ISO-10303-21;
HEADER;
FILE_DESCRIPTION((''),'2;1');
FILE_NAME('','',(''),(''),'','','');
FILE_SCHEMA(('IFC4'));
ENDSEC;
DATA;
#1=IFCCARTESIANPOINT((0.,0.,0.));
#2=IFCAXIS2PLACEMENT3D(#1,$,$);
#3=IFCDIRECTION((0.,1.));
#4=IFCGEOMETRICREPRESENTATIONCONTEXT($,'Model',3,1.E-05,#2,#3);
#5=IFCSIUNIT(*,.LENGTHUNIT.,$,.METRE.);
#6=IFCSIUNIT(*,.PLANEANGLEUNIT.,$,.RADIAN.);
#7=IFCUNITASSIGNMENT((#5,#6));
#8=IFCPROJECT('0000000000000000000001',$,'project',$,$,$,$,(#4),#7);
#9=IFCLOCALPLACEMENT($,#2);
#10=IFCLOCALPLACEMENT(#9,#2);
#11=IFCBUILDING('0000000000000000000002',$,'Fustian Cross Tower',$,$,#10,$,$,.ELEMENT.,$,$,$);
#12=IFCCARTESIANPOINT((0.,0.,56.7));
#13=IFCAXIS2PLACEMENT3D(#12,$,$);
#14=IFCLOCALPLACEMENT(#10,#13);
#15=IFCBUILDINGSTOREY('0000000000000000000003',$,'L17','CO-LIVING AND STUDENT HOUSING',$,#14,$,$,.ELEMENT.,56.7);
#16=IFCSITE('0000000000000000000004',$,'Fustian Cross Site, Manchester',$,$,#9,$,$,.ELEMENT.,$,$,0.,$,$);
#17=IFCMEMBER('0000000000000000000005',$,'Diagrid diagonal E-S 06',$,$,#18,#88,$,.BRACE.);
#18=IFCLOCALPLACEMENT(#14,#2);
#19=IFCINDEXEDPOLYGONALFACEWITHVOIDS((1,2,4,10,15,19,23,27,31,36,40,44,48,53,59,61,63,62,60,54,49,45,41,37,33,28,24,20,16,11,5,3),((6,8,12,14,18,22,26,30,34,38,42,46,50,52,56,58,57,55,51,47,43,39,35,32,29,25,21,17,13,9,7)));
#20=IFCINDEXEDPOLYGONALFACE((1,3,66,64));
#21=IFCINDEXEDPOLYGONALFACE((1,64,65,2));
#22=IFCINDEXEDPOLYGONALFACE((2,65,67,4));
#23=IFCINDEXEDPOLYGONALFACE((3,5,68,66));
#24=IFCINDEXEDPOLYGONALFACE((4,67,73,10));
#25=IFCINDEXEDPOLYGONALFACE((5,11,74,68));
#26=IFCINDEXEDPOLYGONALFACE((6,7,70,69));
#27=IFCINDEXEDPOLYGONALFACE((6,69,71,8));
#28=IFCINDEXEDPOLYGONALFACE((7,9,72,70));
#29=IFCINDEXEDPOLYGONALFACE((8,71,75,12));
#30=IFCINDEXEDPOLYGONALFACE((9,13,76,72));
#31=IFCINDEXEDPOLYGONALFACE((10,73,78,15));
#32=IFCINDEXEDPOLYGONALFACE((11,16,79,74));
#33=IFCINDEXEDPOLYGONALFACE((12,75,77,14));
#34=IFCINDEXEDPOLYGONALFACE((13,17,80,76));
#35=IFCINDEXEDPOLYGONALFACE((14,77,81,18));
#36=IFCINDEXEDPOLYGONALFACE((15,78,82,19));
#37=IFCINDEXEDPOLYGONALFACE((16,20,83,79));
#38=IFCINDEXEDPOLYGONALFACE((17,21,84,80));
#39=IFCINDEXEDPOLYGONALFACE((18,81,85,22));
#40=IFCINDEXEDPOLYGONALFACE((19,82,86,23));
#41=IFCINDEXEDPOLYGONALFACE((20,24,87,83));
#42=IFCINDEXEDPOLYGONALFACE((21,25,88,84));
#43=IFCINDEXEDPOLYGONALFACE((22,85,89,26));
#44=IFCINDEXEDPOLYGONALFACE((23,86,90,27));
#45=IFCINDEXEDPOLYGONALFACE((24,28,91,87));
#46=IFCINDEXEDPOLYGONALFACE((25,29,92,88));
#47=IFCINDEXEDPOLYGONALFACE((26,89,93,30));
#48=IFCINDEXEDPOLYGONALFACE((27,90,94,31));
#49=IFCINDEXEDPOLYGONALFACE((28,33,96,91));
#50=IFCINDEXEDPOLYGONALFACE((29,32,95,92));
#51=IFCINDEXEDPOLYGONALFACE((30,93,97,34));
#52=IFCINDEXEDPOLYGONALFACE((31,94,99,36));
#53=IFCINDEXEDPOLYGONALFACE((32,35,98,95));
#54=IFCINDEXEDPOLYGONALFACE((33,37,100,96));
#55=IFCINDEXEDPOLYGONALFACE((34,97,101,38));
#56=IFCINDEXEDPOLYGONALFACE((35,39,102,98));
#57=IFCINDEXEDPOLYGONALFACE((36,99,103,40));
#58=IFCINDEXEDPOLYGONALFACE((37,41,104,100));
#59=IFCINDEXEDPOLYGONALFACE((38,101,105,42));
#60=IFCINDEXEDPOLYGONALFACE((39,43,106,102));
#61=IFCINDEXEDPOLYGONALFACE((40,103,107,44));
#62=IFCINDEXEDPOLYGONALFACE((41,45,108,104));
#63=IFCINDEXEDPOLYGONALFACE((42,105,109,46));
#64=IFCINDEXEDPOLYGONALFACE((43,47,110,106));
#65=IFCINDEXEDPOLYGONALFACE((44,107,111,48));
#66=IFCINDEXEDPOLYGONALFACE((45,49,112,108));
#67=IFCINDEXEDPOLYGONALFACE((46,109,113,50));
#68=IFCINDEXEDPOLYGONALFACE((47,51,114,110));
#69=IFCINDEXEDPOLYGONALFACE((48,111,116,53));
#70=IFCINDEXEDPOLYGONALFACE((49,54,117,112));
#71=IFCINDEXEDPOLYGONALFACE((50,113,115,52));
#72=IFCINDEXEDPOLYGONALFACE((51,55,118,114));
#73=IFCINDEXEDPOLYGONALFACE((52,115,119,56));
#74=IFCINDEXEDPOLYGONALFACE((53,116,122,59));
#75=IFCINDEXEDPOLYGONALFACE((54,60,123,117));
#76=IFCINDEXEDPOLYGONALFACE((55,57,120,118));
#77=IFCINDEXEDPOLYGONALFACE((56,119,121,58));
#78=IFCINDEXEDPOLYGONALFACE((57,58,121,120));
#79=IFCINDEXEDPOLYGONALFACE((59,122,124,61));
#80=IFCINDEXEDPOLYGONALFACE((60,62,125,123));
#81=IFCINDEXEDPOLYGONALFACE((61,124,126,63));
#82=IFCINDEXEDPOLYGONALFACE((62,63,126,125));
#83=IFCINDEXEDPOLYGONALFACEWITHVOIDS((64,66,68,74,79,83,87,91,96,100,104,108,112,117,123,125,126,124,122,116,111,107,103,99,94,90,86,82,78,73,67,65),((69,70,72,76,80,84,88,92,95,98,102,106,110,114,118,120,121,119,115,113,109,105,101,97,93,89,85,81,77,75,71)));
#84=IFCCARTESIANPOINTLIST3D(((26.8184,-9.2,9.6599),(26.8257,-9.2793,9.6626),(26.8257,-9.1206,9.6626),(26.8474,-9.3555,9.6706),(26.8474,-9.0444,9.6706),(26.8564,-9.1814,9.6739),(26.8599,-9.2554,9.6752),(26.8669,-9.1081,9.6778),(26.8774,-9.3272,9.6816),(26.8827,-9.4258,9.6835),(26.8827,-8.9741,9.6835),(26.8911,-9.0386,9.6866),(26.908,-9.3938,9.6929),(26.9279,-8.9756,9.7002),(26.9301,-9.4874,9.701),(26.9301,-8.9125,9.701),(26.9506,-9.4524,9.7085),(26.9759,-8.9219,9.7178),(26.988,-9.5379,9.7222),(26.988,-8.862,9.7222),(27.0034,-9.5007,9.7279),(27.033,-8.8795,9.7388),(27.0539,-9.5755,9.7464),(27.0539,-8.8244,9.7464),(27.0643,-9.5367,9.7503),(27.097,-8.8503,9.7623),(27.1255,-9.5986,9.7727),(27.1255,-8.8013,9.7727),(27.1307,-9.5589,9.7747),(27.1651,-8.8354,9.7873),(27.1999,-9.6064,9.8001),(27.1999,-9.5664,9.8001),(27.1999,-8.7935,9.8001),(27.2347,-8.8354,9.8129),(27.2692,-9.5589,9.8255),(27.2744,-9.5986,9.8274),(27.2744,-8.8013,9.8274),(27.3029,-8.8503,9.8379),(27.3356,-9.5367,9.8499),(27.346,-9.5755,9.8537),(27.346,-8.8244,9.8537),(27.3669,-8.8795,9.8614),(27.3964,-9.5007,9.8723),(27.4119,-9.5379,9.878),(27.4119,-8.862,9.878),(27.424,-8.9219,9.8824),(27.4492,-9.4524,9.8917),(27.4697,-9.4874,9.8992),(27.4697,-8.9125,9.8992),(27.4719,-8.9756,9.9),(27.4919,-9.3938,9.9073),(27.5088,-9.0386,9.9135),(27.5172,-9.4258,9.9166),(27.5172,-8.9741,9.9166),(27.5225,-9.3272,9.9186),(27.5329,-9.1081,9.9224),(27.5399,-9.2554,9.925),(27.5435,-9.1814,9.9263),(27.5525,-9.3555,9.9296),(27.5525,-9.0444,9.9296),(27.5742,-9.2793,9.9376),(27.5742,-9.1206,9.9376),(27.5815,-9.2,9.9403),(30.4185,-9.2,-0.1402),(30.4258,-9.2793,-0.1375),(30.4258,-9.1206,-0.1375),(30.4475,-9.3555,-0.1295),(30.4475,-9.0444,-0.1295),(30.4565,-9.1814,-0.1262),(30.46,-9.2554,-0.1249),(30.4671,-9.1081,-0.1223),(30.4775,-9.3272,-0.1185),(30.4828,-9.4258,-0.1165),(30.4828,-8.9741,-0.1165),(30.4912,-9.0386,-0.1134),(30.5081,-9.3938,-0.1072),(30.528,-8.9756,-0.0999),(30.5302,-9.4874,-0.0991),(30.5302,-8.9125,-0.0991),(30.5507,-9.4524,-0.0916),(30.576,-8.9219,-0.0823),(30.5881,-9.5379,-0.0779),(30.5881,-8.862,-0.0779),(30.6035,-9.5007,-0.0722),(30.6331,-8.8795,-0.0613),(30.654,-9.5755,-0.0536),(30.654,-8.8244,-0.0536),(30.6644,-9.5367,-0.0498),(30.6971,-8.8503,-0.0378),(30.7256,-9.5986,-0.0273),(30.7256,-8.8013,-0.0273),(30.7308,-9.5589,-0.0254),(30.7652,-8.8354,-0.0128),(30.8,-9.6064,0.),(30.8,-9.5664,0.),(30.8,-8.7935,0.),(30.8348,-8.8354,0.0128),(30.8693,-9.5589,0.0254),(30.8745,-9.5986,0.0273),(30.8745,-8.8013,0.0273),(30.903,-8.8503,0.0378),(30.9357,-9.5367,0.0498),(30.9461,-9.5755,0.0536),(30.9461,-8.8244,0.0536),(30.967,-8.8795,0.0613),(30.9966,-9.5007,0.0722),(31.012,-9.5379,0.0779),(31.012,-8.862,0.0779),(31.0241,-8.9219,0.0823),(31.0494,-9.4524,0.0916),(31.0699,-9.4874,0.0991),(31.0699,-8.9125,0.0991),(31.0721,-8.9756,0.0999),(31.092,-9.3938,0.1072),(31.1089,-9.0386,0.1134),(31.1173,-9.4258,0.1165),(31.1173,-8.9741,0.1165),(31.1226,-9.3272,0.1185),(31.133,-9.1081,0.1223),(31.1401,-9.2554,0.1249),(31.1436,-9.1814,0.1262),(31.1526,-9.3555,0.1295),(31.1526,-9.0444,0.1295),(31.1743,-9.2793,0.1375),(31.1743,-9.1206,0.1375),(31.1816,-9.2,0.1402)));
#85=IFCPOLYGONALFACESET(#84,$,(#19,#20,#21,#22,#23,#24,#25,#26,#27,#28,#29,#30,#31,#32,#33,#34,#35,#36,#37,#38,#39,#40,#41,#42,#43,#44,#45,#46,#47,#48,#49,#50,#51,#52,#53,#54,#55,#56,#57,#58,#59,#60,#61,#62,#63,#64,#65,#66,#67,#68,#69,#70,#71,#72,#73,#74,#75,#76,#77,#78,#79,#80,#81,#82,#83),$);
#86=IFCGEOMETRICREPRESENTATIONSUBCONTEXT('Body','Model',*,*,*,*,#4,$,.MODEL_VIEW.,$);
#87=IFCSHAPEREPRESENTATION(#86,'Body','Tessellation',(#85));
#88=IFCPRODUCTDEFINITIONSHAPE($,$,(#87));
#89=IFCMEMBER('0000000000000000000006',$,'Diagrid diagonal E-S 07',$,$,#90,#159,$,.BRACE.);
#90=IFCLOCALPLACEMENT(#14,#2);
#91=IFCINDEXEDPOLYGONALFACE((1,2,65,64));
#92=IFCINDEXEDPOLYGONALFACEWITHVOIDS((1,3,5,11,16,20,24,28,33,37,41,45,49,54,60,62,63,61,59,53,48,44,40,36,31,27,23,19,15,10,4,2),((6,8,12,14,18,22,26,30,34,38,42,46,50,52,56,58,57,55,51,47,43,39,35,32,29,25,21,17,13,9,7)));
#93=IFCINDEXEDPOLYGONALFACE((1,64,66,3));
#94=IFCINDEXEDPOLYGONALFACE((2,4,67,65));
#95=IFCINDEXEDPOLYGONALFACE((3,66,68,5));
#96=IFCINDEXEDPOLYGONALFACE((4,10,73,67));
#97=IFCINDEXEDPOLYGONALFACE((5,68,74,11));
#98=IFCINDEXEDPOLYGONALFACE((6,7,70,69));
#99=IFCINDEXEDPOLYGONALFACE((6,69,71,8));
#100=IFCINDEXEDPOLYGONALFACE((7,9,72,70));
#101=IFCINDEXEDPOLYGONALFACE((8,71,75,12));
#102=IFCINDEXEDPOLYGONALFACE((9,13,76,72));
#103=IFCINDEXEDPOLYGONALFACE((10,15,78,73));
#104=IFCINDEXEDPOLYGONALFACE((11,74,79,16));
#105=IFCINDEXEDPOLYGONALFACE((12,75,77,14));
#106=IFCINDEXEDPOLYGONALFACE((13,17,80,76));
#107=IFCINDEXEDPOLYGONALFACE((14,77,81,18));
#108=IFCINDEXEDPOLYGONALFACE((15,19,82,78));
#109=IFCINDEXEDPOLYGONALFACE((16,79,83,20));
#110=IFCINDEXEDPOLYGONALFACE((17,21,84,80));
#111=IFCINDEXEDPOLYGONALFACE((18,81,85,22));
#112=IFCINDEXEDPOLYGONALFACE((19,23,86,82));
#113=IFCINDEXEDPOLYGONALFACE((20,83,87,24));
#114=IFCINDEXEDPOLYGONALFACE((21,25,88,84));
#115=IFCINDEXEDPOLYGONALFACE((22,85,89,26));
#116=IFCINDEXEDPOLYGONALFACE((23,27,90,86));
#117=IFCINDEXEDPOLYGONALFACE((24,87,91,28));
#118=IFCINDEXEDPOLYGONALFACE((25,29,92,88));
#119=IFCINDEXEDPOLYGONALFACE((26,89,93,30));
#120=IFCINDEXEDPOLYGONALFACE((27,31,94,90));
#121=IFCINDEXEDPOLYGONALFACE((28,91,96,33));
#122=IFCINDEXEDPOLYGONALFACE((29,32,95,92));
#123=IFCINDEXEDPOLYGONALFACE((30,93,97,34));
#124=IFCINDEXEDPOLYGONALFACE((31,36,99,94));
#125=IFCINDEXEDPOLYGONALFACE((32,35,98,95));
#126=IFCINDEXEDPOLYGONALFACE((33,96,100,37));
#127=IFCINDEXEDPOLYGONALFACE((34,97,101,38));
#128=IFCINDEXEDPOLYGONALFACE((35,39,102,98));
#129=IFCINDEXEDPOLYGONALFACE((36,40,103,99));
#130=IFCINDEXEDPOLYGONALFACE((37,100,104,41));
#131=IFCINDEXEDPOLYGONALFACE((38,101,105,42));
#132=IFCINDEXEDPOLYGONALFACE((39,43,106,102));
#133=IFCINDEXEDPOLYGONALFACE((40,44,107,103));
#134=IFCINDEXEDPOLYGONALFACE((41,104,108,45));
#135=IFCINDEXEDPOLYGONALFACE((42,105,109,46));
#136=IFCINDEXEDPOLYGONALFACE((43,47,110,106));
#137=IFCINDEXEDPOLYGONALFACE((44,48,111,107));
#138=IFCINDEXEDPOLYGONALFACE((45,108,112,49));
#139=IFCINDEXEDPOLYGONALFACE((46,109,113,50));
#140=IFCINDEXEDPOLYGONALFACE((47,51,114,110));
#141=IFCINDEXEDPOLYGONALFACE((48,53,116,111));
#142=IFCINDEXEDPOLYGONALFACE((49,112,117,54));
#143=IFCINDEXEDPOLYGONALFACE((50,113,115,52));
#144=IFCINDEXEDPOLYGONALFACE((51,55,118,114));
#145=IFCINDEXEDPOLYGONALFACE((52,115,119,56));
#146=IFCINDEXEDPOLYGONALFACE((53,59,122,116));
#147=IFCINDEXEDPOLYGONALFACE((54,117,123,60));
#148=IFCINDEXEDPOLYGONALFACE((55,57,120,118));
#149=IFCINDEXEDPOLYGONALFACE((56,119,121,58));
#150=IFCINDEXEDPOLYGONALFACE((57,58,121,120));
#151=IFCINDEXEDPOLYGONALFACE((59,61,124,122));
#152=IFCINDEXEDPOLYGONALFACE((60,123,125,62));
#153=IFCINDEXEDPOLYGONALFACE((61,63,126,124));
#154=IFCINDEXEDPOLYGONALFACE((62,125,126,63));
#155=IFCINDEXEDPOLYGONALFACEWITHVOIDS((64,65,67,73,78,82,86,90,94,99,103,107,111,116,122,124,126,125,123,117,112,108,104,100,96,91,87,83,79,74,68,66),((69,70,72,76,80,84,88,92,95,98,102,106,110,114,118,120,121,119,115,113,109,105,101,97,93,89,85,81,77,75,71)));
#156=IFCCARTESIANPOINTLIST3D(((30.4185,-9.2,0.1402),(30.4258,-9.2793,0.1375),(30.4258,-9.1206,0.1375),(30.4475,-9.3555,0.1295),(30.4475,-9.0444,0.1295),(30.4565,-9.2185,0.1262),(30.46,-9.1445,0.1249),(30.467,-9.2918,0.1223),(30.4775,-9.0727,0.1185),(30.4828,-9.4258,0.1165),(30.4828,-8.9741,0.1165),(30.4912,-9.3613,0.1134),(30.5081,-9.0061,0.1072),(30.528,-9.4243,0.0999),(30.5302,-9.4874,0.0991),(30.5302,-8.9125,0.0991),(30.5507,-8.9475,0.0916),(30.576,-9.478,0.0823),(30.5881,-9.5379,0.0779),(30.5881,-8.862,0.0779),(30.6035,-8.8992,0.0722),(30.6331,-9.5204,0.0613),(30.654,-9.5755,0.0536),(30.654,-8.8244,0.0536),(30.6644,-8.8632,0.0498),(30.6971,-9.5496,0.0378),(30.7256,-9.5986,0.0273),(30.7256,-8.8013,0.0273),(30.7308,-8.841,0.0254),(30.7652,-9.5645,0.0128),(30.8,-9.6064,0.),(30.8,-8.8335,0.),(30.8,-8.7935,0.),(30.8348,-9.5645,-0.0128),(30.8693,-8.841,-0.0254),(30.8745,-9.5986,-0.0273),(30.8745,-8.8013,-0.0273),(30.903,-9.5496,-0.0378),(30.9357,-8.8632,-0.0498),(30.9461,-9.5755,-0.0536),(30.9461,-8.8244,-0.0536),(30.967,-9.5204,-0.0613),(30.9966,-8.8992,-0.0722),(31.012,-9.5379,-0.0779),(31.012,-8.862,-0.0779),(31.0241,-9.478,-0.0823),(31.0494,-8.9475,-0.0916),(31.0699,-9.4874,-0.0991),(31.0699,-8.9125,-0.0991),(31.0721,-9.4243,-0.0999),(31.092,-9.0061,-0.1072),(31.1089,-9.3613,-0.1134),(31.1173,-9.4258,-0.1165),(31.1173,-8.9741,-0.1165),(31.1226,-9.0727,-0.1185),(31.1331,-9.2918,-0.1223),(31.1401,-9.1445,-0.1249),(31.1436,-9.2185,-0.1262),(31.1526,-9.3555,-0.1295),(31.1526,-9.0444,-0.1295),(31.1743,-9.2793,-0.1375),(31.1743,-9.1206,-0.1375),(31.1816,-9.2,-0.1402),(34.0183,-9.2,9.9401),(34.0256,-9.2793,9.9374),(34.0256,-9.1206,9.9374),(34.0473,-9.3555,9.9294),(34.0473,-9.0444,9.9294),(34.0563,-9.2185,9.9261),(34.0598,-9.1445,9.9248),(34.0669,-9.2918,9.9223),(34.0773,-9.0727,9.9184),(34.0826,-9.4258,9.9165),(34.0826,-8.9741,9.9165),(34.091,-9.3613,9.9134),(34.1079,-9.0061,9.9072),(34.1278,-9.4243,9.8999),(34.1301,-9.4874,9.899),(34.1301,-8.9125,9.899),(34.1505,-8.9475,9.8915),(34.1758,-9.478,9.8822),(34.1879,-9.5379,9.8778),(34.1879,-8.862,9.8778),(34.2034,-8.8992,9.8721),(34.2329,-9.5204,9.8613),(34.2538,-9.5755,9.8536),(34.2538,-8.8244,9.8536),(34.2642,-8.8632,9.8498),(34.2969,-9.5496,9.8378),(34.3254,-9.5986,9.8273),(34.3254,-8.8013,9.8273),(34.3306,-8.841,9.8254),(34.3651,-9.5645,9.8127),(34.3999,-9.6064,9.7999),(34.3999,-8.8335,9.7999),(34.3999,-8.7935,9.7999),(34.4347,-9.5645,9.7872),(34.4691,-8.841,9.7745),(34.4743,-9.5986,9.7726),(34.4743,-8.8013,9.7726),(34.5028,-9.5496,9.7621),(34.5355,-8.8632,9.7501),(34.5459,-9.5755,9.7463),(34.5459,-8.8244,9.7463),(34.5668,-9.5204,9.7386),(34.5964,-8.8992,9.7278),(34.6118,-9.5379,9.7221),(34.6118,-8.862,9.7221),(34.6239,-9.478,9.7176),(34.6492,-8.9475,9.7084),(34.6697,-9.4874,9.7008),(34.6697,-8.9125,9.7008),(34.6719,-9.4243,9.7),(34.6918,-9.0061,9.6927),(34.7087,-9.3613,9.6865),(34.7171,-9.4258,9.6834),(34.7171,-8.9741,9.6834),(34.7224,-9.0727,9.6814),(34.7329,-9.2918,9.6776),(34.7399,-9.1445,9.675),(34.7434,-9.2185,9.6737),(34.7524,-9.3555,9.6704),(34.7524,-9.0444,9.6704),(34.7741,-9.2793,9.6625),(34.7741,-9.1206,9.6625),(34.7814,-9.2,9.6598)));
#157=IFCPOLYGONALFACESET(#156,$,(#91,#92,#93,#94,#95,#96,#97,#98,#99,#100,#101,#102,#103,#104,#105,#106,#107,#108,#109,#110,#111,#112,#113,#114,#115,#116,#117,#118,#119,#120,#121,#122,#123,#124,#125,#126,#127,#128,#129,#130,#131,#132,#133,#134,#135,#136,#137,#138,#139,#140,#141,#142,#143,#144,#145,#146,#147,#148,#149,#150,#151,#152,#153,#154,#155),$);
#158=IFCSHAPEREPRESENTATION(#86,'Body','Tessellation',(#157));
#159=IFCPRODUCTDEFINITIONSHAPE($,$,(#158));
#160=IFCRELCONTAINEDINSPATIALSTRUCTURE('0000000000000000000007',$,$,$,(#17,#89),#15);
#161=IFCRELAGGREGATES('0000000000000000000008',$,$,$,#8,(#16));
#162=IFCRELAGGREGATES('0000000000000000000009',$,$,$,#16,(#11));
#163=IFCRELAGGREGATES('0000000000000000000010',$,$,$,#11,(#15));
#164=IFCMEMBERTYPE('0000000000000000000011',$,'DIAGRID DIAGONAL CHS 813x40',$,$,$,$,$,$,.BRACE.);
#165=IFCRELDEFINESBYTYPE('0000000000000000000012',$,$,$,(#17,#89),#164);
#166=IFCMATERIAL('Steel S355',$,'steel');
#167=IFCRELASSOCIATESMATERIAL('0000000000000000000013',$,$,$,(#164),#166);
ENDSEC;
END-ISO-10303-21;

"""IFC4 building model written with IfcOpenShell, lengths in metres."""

from ifc_helpers import new_model, si_unit, direction, frame, origin, origin_2d, place, context, subcontext, project, spatial, hollow_circle, extrude, material, material_profile, profile_set, type_object, element, save


model = new_model("IFC4")

# Units and contexts
model_context = context("Model", 3, precision=1e-05, world=origin(), true_north=direction((0.0, 1.0)))
body_context = subcontext(model_context, "Body", "Model", "MODEL_VIEW")
ifc_project = project(units=[si_unit("LENGTHUNIT", "METRE"), si_unit("PLANEANGLEUNIT", "RADIAN")], contexts=[model_context])

# Site, building, storey
site_placement = place(None, origin())
site = spatial("IfcSite", under=ifc_project, at=site_placement, Name="Fustian Cross Site, Manchester", CompositionType="ELEMENT", RefElevation=0.0)
building_placement = place(site_placement, origin())
building = spatial("IfcBuilding", under=site, at=building_placement, Name="Fustian Cross Tower", CompositionType="ELEMENT")
storey_placement = place(building_placement, frame((0.0, 0.0, 56.7)))
storey = spatial("IfcBuildingStorey", under=building, at=storey_placement, Name="L17", Description="CO-LIVING AND STUDENT HOUSING", CompositionType="ELEMENT", Elevation=56.7)

# Members
ifc_material_1 = material(Name="Steel S355", Category="steel")
ifc_material_profile_1 = material_profile(ifc_material_1, hollow_circle(Radius=0.4065, WallThickness=0.04, at=origin_2d()), Name="CHS 813x40")
ifc_profile_set_1 = profile_set([ifc_material_profile_1], Name="Steel S355")
member_type_1 = type_object("IfcMemberType", Name="DIAGRID DIAGONAL CHS 813x40", PredefinedType="BRACE", material=ifc_profile_set_1)
member_1_placement = place(storey_placement, frame((30.8, -9.2, 0.0), z_axis=(-0.344824, 0.0, 0.938667), x_axis=(0.0, -1.0, 0.0)))
element("IfcMember", 1, at=member_1_placement, inside=storey, type_object=member_type_1, Name="Diagrid diagonal E-S 06", PredefinedType="BRACE", context=body_context, shape_type="SweptSolid", body=[
    extrude(hollow_circle(Radius=0.4065, WallThickness=0.04, at=origin_2d()), origin(), (0.0, 0.0, 1.0), 10.4404),
])
member_2_placement = place(storey_placement, frame((30.8, -9.2, 0.0), z_axis=(0.344804, 0.0, 0.938675), x_axis=(0.0, 1.0, 0.0)))
element("IfcMember", 2, at=member_2_placement, inside=storey, type_object=member_type_1, Name="Diagrid diagonal E-S 07", PredefinedType="BRACE", context=body_context, shape_type="SweptSolid", body=[
    extrude(hollow_circle(Radius=0.4065, WallThickness=0.04, at=origin_2d()), origin(), (0.0, 0.0, 1.0), 10.4402),
])

save(model, "model.ifc")
